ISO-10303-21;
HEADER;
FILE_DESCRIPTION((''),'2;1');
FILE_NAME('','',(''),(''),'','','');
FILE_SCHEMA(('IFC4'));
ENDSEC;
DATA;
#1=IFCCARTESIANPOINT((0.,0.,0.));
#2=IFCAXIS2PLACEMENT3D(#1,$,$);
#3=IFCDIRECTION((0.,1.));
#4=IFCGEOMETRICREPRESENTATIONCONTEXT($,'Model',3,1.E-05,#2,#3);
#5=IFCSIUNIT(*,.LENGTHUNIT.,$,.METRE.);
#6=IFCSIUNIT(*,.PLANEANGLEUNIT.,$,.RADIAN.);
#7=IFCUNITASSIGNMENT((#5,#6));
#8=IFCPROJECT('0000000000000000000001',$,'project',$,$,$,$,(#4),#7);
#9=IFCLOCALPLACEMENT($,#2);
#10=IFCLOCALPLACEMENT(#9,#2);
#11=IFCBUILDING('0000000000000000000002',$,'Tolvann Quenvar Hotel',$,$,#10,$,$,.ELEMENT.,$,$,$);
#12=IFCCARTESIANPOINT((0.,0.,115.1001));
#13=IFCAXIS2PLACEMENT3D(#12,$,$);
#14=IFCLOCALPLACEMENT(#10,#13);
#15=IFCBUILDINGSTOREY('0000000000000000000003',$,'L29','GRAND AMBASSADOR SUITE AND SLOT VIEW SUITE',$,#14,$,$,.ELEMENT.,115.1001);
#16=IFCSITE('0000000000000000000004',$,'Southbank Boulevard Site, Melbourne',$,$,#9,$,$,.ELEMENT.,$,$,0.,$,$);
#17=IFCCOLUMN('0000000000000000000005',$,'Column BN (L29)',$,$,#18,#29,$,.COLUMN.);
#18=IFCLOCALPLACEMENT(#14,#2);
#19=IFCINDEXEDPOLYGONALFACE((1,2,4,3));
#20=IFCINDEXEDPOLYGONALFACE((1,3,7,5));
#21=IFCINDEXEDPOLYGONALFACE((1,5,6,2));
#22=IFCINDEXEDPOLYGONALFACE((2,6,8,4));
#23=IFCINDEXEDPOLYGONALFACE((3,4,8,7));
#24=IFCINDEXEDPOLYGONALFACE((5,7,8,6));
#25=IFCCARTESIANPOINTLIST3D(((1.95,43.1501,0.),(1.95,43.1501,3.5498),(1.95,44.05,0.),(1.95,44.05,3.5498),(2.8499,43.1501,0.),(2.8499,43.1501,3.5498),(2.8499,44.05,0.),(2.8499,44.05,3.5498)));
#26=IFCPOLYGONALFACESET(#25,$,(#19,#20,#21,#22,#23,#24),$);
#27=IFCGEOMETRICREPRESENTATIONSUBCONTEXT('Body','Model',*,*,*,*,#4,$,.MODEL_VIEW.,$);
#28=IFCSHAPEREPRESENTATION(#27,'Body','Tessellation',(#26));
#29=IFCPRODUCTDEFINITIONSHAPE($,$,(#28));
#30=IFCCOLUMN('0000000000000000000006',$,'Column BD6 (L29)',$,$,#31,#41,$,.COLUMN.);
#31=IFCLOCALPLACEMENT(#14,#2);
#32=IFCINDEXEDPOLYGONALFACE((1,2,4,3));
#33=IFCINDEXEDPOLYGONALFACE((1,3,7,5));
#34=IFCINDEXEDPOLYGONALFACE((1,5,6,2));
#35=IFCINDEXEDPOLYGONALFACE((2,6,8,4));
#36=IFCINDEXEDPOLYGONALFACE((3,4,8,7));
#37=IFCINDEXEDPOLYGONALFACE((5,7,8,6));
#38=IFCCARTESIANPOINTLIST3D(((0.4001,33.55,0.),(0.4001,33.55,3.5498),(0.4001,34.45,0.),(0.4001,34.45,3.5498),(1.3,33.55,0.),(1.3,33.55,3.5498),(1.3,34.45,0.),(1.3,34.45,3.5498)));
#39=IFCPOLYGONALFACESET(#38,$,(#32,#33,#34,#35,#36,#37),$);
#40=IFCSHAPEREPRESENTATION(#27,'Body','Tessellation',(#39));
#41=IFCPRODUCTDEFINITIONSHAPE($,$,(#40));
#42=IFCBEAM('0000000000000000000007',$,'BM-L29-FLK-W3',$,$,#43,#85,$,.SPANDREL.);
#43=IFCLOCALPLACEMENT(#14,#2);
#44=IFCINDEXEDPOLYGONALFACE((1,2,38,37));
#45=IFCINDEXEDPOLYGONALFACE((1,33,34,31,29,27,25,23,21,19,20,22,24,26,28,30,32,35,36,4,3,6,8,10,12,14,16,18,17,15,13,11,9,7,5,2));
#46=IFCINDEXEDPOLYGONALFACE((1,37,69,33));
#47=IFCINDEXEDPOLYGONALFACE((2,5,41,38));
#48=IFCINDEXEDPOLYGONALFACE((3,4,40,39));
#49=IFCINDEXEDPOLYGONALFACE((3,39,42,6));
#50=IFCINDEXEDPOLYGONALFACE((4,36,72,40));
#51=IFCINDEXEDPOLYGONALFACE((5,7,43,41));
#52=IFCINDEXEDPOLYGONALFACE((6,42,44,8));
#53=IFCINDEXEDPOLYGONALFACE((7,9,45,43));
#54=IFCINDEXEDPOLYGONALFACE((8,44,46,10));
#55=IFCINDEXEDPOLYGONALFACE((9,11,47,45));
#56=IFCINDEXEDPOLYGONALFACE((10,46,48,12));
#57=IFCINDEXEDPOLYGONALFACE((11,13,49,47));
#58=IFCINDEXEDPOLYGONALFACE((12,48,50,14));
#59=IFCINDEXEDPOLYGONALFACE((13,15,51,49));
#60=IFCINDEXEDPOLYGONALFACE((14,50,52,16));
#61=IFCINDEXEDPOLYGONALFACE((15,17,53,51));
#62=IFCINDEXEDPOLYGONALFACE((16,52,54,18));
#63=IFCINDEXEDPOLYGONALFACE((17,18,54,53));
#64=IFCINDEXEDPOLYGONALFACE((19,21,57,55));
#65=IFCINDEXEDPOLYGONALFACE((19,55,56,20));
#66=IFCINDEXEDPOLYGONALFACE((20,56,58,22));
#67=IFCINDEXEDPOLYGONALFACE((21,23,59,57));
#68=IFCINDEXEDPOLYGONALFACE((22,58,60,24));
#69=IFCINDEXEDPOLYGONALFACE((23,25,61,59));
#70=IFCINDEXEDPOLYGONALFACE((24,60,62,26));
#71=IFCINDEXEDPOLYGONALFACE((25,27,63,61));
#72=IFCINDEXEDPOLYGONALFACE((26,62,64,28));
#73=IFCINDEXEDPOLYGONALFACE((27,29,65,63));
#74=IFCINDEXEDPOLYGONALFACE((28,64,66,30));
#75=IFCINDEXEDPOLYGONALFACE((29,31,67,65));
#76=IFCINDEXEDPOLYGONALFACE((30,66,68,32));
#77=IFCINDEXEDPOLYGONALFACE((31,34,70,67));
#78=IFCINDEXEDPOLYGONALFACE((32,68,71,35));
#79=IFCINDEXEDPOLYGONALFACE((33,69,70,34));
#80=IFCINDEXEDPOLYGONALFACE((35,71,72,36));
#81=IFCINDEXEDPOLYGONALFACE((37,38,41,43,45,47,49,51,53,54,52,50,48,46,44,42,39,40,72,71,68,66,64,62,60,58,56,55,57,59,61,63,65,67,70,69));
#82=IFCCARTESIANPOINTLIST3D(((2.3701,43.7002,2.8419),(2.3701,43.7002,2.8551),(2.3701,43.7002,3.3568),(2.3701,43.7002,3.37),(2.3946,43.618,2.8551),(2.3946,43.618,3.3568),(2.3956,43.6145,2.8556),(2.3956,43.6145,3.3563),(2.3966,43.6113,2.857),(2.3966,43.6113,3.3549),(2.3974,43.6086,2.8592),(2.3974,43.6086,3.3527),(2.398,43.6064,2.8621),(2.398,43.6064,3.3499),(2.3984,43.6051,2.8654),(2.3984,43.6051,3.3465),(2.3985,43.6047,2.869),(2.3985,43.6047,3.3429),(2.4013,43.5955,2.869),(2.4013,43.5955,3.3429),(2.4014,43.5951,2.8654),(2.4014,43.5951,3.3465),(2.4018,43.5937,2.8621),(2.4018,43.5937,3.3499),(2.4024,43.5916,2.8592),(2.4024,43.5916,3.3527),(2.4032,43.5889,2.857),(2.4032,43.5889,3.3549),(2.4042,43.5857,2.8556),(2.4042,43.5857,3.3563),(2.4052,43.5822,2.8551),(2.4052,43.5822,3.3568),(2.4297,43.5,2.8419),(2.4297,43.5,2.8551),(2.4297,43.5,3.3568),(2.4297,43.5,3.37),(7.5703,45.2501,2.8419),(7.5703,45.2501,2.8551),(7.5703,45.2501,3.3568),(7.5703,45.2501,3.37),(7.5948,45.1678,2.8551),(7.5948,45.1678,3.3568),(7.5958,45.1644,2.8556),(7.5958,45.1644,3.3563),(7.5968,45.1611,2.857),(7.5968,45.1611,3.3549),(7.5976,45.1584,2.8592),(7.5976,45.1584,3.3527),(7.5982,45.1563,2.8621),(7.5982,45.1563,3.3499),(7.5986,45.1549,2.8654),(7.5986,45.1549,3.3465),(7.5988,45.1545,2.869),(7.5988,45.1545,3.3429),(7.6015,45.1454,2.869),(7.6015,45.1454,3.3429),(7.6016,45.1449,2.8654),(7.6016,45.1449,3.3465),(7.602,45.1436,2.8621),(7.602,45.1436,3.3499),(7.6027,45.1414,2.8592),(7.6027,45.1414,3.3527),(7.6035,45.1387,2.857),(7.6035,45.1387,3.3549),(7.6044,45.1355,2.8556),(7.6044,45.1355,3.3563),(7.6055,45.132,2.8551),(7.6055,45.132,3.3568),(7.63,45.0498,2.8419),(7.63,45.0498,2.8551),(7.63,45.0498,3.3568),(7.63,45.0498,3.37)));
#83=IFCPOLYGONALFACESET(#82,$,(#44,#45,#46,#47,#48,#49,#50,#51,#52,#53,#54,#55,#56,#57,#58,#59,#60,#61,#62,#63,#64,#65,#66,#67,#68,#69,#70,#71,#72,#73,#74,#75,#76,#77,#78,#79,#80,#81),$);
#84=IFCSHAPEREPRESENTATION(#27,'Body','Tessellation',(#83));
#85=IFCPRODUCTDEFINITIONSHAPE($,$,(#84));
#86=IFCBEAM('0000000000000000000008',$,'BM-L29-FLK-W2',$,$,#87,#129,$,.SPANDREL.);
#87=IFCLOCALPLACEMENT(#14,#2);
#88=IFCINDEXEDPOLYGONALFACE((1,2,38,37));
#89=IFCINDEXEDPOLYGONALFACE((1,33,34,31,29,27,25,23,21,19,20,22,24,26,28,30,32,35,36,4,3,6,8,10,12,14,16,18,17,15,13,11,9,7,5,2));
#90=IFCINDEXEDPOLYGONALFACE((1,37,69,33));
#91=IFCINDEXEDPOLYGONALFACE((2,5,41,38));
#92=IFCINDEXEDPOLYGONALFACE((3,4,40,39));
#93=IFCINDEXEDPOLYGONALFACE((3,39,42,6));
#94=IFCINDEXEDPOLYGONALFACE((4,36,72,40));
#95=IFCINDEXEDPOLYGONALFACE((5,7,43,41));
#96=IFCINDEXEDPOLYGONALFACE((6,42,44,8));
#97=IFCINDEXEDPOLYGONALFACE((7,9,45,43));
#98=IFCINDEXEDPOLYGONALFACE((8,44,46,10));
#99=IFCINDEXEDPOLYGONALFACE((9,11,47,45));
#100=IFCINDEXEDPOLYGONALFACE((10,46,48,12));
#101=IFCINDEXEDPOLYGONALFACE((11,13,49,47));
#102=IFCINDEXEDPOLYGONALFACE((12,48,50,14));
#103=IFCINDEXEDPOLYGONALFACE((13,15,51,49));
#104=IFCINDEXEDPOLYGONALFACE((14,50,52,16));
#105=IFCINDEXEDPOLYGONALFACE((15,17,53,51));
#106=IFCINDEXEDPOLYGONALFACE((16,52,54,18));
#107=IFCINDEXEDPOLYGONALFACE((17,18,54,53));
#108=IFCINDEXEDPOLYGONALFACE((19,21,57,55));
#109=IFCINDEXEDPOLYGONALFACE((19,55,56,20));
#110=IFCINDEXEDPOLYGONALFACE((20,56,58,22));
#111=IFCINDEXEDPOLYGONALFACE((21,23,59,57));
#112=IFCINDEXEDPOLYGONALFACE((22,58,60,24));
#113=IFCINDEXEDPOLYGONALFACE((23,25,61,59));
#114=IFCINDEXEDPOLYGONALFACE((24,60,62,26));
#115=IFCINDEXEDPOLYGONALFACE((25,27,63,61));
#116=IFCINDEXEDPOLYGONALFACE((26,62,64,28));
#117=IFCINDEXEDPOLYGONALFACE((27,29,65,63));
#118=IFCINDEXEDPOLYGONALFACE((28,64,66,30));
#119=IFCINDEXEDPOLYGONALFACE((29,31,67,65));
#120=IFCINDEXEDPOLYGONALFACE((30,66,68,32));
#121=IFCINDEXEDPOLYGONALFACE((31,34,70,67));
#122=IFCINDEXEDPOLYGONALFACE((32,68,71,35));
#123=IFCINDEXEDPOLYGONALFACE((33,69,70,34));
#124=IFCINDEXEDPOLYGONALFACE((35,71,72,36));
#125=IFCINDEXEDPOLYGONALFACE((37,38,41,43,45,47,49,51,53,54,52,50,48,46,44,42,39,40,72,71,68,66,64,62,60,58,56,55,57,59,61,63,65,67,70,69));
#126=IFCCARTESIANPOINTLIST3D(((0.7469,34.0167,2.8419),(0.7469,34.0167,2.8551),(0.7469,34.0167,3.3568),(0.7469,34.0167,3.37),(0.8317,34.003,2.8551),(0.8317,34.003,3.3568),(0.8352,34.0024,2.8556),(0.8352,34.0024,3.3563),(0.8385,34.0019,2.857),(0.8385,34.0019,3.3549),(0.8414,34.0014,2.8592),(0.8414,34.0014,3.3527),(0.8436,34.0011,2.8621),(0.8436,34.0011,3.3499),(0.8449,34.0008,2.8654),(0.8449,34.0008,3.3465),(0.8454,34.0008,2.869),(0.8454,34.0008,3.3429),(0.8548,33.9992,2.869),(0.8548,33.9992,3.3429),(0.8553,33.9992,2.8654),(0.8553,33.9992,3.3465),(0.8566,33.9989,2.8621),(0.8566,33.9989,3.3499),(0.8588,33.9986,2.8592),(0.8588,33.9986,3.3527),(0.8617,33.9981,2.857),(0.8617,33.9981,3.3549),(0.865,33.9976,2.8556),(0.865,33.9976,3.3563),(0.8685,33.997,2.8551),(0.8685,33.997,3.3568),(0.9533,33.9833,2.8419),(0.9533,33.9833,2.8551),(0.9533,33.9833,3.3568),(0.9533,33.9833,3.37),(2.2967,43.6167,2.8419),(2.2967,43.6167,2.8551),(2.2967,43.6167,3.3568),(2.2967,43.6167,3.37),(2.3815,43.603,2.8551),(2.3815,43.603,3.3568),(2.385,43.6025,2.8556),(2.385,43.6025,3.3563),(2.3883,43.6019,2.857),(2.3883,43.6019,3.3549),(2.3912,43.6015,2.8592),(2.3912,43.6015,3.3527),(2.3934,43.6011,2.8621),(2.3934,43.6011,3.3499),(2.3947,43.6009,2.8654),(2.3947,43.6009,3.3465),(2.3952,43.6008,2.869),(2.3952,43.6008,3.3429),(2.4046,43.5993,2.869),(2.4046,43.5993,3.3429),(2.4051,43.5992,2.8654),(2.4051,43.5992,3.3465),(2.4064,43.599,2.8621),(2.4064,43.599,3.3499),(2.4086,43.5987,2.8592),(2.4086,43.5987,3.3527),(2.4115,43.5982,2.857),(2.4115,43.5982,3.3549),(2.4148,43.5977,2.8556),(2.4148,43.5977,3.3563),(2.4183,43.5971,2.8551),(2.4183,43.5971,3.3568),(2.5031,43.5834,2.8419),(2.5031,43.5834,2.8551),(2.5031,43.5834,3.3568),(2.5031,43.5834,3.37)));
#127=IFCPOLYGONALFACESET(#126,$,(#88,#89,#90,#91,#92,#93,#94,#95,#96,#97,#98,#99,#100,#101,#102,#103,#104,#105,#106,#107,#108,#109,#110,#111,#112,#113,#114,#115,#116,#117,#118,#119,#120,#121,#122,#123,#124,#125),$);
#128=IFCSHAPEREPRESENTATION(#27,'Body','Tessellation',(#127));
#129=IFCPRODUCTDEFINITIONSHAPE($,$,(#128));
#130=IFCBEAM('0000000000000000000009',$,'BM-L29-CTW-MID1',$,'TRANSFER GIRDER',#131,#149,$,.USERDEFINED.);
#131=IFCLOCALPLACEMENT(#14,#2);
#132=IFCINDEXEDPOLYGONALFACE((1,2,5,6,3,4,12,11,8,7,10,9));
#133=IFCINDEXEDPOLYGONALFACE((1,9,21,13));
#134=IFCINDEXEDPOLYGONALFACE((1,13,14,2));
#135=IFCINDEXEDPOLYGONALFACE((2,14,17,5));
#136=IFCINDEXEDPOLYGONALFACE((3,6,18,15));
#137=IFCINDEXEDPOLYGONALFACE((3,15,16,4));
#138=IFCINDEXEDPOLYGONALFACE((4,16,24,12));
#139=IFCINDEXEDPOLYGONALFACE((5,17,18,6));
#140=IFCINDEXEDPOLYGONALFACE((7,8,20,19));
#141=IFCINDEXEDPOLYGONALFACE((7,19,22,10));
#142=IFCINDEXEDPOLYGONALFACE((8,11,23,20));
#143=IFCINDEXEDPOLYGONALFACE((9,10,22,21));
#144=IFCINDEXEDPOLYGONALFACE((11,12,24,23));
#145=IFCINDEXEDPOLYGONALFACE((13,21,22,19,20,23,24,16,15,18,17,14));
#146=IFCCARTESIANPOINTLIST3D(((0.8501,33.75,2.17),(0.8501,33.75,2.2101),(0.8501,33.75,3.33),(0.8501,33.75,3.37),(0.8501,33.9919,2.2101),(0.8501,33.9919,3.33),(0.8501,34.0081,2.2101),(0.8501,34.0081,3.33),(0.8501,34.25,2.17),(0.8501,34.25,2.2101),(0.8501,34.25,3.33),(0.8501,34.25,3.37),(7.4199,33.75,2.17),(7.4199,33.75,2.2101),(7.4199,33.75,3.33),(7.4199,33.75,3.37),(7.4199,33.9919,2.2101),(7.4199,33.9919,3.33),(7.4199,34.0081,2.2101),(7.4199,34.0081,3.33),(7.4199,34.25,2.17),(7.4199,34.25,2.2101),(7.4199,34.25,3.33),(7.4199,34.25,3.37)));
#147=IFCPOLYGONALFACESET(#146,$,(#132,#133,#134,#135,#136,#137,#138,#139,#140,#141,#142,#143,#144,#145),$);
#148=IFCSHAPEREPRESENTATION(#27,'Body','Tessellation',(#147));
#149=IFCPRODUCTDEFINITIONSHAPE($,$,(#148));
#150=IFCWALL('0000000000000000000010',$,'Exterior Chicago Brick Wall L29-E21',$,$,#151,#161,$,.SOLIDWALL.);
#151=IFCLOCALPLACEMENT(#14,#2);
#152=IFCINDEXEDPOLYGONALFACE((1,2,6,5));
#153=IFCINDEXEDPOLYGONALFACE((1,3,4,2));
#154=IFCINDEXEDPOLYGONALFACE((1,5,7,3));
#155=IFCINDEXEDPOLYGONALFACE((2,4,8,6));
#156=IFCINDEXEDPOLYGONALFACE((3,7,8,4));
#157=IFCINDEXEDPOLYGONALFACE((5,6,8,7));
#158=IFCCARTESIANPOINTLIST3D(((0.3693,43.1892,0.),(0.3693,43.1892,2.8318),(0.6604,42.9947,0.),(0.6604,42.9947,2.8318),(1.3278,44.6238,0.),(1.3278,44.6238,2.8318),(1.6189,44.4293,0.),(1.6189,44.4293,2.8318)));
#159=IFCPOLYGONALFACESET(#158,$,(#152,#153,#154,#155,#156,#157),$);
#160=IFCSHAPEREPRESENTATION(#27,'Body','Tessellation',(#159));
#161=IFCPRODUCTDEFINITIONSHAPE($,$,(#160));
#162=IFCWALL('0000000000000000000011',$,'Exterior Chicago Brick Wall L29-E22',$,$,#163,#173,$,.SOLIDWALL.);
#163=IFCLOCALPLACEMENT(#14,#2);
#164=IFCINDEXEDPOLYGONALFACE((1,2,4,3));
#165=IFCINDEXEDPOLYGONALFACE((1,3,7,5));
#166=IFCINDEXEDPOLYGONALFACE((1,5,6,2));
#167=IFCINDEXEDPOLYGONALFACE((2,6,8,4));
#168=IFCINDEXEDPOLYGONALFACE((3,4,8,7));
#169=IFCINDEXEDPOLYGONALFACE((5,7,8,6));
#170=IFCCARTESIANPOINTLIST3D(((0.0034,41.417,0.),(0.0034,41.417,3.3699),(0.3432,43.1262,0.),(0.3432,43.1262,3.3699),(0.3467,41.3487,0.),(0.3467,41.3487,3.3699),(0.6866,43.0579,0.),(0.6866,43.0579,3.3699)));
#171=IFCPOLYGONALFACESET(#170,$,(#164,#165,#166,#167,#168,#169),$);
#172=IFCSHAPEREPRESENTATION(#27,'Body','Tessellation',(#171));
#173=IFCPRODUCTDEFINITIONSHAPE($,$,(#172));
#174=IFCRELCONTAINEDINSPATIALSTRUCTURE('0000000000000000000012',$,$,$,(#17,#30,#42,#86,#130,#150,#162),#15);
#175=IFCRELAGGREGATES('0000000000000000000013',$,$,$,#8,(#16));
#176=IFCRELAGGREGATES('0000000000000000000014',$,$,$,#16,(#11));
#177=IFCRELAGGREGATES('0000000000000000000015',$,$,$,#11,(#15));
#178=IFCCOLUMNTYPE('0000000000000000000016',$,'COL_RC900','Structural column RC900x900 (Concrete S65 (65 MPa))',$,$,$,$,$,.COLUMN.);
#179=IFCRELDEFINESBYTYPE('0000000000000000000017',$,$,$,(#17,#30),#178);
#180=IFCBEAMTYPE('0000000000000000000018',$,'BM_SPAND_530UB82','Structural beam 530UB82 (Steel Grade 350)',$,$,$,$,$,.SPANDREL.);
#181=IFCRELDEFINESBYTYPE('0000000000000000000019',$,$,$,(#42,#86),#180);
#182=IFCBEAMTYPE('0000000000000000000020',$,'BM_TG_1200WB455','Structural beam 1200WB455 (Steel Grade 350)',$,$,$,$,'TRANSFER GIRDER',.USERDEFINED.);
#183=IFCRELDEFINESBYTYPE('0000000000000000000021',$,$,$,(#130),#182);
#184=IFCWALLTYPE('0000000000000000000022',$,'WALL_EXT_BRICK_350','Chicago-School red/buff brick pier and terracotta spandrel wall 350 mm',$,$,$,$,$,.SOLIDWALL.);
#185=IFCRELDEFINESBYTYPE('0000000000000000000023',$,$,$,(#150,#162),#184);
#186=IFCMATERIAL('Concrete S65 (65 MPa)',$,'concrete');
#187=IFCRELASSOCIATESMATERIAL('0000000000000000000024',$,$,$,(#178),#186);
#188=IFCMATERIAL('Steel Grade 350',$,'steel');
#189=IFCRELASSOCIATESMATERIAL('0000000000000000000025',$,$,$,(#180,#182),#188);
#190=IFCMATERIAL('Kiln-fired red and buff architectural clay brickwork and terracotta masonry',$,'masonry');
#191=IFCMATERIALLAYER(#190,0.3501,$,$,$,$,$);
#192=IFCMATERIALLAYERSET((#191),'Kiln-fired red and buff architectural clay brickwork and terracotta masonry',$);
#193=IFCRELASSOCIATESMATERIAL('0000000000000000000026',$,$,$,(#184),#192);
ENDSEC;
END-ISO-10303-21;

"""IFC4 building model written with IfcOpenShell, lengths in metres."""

from ifc_helpers import new_model, si_unit, direction, frame, frame_2d, origin, origin_2d, place, context, subcontext, project, spatial, rectangle, i_section, extrude, source, transform, mapped, material, layer, layer_set, material_profile, profile_set, type_object, type_shapes, element, save


model = new_model("IFC4")

# Units and contexts
model_context = context("Model", 3, precision=1e-05, world=origin(), true_north=direction((0.0, 1.0)))
body_context = subcontext(model_context, "Body", "Model", "MODEL_VIEW")
ifc_project = project(units=[si_unit("LENGTHUNIT", "METRE"), si_unit("PLANEANGLEUNIT", "RADIAN")], contexts=[model_context])

# Site, building, storey
site_placement = place(None, origin())
site = spatial("IfcSite", under=ifc_project, at=site_placement, Name="Southbank Boulevard Site, Melbourne", CompositionType="ELEMENT", RefElevation=0.0)
building_placement = place(site_placement, origin())
building = spatial("IfcBuilding", under=site, at=building_placement, Name="Tolvann Quenvar Hotel", CompositionType="ELEMENT")
storey_placement = place(building_placement, frame((0.0, 0.0, 115.1001)))
storey = spatial("IfcBuildingStorey", under=building, at=storey_placement, Name="L29", Description="GRAND AMBASSADOR SUITE AND SLOT VIEW SUITE", CompositionType="ELEMENT", Elevation=115.1001)

# Columns
ifc_material_1 = material(Name="Concrete S65 (65 MPa)", Category="concrete")
ifc_material_profile_1 = material_profile(ifc_material_1, rectangle(XDim=0.8999, YDim=0.8999, at=origin_2d()), Name="RC900x900")
ifc_profile_set_1 = profile_set([ifc_material_profile_1], Name="Concrete S65 (65 MPa)")
column_type = type_object("IfcColumnType", Name="COL_RC900", Description="Structural column RC900x900 (Concrete S65 (65 MPa))", PredefinedType="COLUMN", material=ifc_profile_set_1)
shared_shape_1 = source(origin(), body_context, "Body", "SweptSolid", [
    extrude(rectangle(XDim=0.8999, YDim=0.8999, at=origin_2d()), origin(), (0.0, 0.0, 1.0), 3.5498),
])
type_shapes(column_type, [shared_shape_1])
for number, where, z_axis, x_axis, name in (
    (1, (2.3999, 43.6001, 0.0), (0.0, 0.0, 1.0), (1.0, 0.0, 0.0), "Column BN (L29)"),
    (2, (0.8501, 34.0, 0.0), (0.0, 0.0, 1.0), (1.0, 0.0, 0.0), "Column BD6 (L29)"),
):
    element("IfcColumn", number, at=place(storey_placement, frame(where, z_axis=z_axis, x_axis=x_axis)), inside=storey, type_object=column_type, Name=name, PredefinedType="COLUMN", context=body_context, shape_type="MappedRepresentation", body=[
        mapped(shared_shape_1, transform((0.0, 0.0, 0.0), x_axis=(1.0, 0.0, 0.0), y_axis=(0.0, 1.0, 0.0), z_axis=(0.0, 0.0, 1.0), scale=1.0)),
    ])

# Beams
ifc_material_2 = material(Name="Steel Grade 350", Category="steel")
ifc_material_profile_2 = material_profile(ifc_material_2, i_section(OverallWidth=0.209, OverallDepth=0.5281, WebThickness=0.0095, FlangeThickness=0.0132, FilletRadius=0.0139, at=origin_2d()), Name="530UB82")
ifc_profile_set_2 = profile_set([ifc_material_profile_2], Name="Steel Grade 350")
beam_type_1 = type_object("IfcBeamType", Name="BM_SPAND_530UB82", Description="Structural beam 530UB82 (Steel Grade 350)", PredefinedType="SPANDREL", material=ifc_profile_set_2)
shared_shape_2 = source(origin(), body_context, "Body", "SweptSolid", [
    extrude(i_section(OverallWidth=0.209, OverallDepth=0.5281, WebThickness=0.0095, FlangeThickness=0.0132, FilletRadius=0.0139, at=origin_2d()), origin(), (0.0, 0.0, 1.0), 5.4263),
])
beam_1_placement = place(storey_placement, frame((2.3999, 43.6001, 3.106), z_axis=(0.958345, 0.285614, 0.0), x_axis=(-0.285614, 0.958345, 0.0)))
element("IfcBeam", 3, at=beam_1_placement, inside=storey, type_object=beam_type_1, Name="BM-L29-FLK-W3", PredefinedType="SPANDREL", context=body_context, shape_type="MappedRepresentation", body=[
    mapped(shared_shape_2, transform((0.0, 0.0, 0.0), x_axis=(1.0, 0.0, 0.0), y_axis=(0.0, 1.0, 0.0), z_axis=(0.0, 0.0, 1.0), scale=1.0)),
])
shared_shape_3 = source(origin(), body_context, "Body", "SweptSolid", [
    extrude(i_section(OverallWidth=0.209, OverallDepth=0.5281, WebThickness=0.0095, FlangeThickness=0.0132, FilletRadius=0.0139, at=origin_2d()), origin(), (0.0, 0.0, 1.0), 9.7244),
])
type_shapes(beam_type_1, [shared_shape_2, shared_shape_3])
beam_2_placement = place(storey_placement, frame((0.8501, 34.0, 3.106), z_axis=(0.159373, 0.987218, 0.0), x_axis=(-0.987218, 0.159373, 0.0)))
element("IfcBeam", 4, at=beam_2_placement, inside=storey, type_object=beam_type_1, Name="BM-L29-FLK-W2", PredefinedType="SPANDREL", context=body_context, shape_type="MappedRepresentation", body=[
    mapped(shared_shape_3, transform((0.0, 0.0, 0.0), x_axis=(1.0, 0.0, 0.0), y_axis=(0.0, 1.0, 0.0), z_axis=(0.0, 0.0, 1.0), scale=1.0)),
])
ifc_material_profile_3 = material_profile(ifc_material_2, i_section(OverallWidth=0.5, OverallDepth=1.2, WebThickness=0.0161, FlangeThickness=0.04, at=origin_2d()), Name="1200WB455")
ifc_profile_set_3 = profile_set([ifc_material_profile_3], Name="Steel Grade 350")
beam_type_2 = type_object("IfcBeamType", Name="BM_TG_1200WB455", Description="Structural beam 1200WB455 (Steel Grade 350)", ElementType="TRANSFER GIRDER", PredefinedType="USERDEFINED", material=ifc_profile_set_3)
shared_shape_4 = source(origin(), body_context, "Body", "SweptSolid", [
    extrude(i_section(OverallWidth=0.5, OverallDepth=1.2, WebThickness=0.0161, FlangeThickness=0.04, at=origin_2d()), origin(), (0.0, 0.0, 1.0), 6.5698),
])
type_shapes(beam_type_2, [shared_shape_4])
beam_3_placement = place(storey_placement, frame((0.8501, 34.0, 2.77), z_axis=(1.0, 0.0, 0.0), x_axis=(0.0, 1.0, 0.0)))
element("IfcBeam", 5, at=beam_3_placement, inside=storey, type_object=beam_type_2, Name="BM-L29-CTW-MID1", ObjectType="TRANSFER GIRDER", PredefinedType="USERDEFINED", context=body_context, shape_type="MappedRepresentation", body=[
    mapped(shared_shape_4, transform((0.0, 0.0, 0.0), x_axis=(1.0, 0.0, 0.0), y_axis=(0.0, 1.0, 0.0), z_axis=(0.0, 0.0, 1.0), scale=1.0)),
])

# Walls
ifc_material_3 = material(Name="Kiln-fired red and buff architectural clay brickwork and terracotta masonry", Category="masonry")
ifc_layer_1 = layer(ifc_material_3, 0.3501)
ifc_layer_set_1 = layer_set([ifc_layer_1], Name="Kiln-fired red and buff architectural clay brickwork and terracotta masonry")
wall_type_1 = type_object("IfcWallType", Name="WALL_EXT_BRICK_350", Description="Chicago-School red/buff brick pier and terracotta spandrel wall 350 mm", PredefinedType="SOLIDWALL", material=ifc_layer_set_1)
wall_1_placement = place(storey_placement, frame((1.4734, 44.5266, 0.0), z_axis=(0.0, 0.0, 1.0), x_axis=(-0.555549, -0.831484, 0.0)))
element("IfcWall", 6, at=wall_1_placement, inside=storey, type_object=wall_type_1, Name="Exterior Chicago Brick Wall L29-E21", PredefinedType="SOLIDWALL", context=body_context, shape_type="SweptSolid", body=[
    extrude(rectangle(XDim=1.7253, YDim=0.3501, at=frame_2d((0.8628, 0.0))), origin(), (0.0, 0.0, 1.0), 2.8318),
])
wall_2_placement = place(storey_placement, frame((0.5149, 43.092, 0.0), z_axis=(0.0, 0.0, 1.0), x_axis=(-0.195011, -0.980801, 0.0)))
element("IfcWall", 7, at=wall_2_placement, inside=storey, type_object=wall_type_1, Name="Exterior Chicago Brick Wall L29-E22", PredefinedType="SOLIDWALL", context=body_context, shape_type="SweptSolid", body=[
    extrude(rectangle(XDim=1.7427, YDim=0.3501, at=frame_2d((0.8713, 0.0))), origin(), (0.0, 0.0, 1.0), 3.3699),
])

save(model, "model.ifc")
